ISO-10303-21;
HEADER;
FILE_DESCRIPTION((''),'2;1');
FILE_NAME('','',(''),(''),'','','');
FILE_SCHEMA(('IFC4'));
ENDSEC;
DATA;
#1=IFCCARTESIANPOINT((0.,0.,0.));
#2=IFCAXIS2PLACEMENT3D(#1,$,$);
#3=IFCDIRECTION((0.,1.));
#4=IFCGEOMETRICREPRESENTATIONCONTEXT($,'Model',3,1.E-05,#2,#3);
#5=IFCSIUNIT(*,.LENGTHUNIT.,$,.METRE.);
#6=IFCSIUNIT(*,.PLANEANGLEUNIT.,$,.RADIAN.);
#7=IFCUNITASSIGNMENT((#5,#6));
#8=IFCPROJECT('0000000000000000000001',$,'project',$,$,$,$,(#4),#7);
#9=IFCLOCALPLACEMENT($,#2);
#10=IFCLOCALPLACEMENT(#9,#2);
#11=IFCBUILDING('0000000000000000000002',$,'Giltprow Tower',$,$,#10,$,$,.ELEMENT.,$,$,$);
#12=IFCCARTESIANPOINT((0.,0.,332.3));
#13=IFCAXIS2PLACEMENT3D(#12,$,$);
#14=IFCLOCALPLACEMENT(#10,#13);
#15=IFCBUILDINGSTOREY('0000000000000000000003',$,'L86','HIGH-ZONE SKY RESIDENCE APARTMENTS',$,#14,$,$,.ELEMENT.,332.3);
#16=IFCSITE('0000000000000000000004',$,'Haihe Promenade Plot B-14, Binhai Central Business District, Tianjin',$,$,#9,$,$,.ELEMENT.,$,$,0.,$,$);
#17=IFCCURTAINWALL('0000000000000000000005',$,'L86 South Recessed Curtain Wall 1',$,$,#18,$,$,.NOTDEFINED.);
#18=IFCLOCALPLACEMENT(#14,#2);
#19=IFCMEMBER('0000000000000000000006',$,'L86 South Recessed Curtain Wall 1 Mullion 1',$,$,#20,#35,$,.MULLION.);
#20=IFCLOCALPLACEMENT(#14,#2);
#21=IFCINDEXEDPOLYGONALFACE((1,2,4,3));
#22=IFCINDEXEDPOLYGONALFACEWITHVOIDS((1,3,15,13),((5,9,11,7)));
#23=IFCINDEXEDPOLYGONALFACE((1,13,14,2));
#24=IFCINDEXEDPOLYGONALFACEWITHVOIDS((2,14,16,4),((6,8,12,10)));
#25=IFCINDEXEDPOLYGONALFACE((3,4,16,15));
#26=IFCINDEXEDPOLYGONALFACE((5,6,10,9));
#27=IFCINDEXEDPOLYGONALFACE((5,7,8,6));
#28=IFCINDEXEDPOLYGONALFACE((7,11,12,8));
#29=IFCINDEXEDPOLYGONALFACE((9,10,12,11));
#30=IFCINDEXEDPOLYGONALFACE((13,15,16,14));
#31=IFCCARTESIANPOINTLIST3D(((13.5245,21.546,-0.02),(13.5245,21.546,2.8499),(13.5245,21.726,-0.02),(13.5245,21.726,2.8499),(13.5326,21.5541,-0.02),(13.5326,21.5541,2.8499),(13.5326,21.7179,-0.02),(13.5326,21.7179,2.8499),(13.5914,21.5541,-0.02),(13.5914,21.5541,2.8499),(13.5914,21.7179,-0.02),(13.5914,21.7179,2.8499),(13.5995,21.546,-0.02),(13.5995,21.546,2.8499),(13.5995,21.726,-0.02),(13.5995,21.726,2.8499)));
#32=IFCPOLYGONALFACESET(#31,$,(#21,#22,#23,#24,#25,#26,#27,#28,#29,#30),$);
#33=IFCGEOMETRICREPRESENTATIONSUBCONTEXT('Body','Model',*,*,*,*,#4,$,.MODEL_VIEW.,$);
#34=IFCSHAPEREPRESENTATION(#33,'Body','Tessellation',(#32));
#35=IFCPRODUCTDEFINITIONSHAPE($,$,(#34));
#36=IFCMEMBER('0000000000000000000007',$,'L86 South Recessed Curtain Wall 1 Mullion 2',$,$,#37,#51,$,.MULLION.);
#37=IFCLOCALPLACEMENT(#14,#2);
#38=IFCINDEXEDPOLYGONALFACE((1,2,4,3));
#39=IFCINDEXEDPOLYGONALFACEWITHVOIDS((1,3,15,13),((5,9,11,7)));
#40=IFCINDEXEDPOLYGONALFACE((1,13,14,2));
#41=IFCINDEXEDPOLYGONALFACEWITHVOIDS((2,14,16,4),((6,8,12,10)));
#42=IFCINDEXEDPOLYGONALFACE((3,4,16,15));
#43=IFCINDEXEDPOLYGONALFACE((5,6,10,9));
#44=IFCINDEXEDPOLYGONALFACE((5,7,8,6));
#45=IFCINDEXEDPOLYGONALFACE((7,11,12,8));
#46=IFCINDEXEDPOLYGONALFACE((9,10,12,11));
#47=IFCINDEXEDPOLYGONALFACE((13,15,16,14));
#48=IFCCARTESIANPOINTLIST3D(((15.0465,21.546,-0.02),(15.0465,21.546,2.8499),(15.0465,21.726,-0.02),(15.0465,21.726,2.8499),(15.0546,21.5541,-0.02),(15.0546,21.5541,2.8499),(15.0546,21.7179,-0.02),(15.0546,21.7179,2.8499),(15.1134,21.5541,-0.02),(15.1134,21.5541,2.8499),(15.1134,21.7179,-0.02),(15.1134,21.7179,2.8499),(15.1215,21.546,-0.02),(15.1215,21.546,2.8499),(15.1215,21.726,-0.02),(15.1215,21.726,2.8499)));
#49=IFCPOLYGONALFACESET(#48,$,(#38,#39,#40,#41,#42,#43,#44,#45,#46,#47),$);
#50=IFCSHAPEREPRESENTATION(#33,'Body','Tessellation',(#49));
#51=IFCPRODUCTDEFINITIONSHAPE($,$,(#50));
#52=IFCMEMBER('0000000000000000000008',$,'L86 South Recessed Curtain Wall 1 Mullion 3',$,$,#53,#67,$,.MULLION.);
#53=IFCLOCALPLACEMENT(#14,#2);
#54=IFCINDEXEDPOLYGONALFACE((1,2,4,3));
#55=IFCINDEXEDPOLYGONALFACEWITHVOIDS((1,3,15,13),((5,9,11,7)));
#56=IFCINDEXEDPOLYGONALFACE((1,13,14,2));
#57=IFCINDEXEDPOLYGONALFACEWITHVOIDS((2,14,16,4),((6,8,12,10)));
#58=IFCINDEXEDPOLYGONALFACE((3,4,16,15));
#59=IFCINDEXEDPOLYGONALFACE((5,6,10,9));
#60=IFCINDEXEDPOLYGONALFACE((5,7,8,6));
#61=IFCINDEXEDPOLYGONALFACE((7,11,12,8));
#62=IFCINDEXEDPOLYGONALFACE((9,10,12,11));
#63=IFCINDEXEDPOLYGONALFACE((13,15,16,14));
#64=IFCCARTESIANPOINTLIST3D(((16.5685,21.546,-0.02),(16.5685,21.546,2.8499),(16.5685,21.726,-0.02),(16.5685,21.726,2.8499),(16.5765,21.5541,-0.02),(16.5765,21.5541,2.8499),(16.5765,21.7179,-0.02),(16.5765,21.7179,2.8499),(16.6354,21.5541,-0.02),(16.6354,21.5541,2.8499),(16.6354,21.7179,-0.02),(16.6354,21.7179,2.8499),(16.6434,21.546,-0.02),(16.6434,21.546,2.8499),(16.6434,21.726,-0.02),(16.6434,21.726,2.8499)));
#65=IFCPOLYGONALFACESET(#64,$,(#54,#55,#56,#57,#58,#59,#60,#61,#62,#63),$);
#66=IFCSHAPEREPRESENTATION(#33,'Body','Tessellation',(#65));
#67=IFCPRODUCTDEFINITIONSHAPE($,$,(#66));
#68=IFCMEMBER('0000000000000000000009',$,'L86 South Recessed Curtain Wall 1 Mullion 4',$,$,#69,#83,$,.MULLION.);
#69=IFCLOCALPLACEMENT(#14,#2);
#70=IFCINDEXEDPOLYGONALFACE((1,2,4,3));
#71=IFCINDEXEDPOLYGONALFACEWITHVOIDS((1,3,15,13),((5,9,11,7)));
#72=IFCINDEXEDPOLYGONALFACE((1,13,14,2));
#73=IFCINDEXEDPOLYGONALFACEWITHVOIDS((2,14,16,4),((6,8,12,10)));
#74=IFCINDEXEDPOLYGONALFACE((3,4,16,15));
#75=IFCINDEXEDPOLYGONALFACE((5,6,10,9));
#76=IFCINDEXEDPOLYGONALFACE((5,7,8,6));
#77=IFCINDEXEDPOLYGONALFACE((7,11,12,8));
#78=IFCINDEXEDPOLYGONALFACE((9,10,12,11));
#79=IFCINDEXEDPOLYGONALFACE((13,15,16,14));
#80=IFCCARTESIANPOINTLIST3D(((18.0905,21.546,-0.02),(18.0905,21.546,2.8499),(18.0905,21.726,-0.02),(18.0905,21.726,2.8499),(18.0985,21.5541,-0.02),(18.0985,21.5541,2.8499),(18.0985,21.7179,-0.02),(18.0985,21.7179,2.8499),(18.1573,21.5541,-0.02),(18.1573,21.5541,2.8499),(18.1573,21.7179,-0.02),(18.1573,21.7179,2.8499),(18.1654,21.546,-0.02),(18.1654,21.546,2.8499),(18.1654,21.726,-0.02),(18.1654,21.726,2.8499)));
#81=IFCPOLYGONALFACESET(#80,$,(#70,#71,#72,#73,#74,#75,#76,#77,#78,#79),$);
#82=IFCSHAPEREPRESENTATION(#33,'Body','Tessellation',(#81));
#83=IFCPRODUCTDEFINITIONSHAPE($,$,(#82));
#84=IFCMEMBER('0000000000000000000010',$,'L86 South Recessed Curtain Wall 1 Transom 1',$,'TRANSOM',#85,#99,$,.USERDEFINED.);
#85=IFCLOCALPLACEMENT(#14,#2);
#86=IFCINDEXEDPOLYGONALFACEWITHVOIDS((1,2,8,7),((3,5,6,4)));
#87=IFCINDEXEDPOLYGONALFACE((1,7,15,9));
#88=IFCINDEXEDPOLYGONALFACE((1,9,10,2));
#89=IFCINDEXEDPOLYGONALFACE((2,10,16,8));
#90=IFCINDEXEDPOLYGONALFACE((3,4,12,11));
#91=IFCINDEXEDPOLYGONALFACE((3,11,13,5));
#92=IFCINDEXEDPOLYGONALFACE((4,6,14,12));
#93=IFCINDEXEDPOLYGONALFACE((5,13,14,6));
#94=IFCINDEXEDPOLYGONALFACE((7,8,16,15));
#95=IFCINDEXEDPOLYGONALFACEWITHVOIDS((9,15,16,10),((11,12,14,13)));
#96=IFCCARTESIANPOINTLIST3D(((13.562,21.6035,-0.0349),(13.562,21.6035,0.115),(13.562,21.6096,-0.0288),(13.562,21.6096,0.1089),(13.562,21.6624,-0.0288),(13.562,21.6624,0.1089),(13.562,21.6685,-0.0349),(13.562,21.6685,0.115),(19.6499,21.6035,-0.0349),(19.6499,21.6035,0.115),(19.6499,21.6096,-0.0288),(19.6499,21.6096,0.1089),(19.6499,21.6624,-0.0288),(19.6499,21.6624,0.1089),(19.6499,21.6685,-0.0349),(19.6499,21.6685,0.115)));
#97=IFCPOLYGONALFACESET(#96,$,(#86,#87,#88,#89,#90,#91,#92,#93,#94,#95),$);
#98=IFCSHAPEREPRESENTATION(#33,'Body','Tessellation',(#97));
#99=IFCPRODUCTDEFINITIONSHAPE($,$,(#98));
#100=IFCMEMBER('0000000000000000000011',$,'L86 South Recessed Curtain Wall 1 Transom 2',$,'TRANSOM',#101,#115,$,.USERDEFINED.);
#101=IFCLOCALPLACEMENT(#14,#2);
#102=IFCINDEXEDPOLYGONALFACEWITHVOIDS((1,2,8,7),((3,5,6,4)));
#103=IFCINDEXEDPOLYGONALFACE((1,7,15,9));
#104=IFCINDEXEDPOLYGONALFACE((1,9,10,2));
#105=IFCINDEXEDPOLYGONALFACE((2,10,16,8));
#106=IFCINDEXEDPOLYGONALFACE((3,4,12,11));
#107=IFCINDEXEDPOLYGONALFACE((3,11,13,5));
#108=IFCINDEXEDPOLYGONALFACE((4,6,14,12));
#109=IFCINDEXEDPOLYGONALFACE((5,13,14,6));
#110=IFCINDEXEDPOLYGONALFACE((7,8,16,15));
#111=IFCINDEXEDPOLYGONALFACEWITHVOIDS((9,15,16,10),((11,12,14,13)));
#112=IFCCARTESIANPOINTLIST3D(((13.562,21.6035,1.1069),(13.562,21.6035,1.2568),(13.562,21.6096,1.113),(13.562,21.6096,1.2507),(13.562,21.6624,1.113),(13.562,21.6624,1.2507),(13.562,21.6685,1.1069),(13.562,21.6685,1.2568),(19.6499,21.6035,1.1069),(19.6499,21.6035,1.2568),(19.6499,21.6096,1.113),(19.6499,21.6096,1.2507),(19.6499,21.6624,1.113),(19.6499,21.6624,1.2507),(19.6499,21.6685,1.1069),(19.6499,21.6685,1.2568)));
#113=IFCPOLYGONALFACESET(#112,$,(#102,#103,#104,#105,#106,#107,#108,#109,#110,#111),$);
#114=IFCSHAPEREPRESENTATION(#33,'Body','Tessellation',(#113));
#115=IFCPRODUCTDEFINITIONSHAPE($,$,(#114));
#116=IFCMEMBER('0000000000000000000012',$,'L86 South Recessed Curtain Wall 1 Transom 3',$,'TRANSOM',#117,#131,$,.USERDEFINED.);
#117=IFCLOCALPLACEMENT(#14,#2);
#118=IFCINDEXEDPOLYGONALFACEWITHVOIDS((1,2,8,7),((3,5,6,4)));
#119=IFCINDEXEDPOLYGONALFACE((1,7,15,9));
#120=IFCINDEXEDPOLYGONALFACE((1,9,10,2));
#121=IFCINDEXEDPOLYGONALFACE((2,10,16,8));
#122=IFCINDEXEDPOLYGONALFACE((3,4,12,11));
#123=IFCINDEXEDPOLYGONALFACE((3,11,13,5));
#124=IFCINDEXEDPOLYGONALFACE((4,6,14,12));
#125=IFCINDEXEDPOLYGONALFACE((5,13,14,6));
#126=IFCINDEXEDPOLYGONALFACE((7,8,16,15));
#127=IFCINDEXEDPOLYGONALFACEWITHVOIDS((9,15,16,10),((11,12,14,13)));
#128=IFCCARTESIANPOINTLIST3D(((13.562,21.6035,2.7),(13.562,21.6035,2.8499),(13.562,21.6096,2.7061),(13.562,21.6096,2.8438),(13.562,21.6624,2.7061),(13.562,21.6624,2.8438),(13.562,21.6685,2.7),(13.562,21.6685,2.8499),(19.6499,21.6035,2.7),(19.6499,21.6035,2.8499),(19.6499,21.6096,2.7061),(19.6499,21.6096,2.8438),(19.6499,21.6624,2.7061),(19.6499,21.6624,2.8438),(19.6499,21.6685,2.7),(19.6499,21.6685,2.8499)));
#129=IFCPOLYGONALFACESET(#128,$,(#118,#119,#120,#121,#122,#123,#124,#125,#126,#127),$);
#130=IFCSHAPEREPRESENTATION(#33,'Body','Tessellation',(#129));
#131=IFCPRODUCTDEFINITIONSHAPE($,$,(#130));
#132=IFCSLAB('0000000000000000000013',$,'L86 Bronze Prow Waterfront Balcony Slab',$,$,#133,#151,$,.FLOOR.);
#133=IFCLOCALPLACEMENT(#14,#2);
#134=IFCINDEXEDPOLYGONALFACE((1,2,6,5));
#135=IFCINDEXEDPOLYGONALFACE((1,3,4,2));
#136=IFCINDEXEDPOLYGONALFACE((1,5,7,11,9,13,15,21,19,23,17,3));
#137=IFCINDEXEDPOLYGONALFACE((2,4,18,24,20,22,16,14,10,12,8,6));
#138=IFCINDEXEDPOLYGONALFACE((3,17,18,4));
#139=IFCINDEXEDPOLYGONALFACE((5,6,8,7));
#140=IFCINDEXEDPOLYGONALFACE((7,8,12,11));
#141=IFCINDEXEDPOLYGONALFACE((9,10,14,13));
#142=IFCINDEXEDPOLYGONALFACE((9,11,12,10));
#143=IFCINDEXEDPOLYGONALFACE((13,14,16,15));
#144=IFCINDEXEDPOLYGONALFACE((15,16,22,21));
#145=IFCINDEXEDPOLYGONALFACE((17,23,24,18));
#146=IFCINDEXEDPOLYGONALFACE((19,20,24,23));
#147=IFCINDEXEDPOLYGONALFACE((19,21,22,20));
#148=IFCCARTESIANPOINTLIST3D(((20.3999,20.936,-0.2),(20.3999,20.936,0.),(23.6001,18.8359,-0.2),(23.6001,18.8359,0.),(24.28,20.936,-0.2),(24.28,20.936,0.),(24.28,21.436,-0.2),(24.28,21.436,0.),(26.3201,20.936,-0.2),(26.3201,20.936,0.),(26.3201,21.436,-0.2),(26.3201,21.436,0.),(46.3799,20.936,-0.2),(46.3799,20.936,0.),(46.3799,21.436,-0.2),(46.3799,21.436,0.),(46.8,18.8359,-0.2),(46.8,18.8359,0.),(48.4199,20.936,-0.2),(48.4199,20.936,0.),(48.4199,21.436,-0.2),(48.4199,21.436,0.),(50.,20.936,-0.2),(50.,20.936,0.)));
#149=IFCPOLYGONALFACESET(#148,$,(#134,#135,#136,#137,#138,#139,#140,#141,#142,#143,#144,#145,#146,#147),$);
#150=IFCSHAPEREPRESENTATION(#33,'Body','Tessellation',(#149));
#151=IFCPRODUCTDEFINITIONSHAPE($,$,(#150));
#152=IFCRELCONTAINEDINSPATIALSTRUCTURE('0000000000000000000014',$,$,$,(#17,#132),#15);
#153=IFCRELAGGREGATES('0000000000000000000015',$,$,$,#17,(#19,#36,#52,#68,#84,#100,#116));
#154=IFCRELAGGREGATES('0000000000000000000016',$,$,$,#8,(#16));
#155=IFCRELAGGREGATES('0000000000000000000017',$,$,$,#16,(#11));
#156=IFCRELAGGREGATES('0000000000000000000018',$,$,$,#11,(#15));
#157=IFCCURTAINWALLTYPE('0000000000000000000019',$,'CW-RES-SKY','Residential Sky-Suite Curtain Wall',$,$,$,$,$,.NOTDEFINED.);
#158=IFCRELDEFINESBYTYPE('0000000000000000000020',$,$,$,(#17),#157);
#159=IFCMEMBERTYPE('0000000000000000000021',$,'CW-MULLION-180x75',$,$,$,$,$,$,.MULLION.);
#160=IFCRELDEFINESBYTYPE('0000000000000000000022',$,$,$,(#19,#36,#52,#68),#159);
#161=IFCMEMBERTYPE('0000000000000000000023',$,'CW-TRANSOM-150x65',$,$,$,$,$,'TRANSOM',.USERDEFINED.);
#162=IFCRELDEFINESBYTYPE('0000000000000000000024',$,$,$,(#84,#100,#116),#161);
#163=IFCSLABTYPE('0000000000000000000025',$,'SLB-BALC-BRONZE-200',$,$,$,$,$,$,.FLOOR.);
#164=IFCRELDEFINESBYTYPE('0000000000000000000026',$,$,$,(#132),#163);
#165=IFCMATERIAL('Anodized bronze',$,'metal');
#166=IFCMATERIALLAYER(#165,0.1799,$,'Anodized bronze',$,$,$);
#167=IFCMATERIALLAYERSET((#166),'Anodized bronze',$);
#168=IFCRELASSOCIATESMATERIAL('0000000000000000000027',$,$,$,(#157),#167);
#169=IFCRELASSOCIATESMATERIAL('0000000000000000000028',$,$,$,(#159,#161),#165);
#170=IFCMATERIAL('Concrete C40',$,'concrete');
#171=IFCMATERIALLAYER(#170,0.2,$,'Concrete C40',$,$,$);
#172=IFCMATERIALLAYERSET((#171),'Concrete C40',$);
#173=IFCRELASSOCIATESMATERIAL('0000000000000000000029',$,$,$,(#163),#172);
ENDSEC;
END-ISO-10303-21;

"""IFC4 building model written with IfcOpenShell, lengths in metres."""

from ifc_helpers import new_model, si_unit, direction, frame, origin, origin_2d, place, context, subcontext, project, spatial, polyline, hollow_rectangle, outline, extrude, source, transform, mapped, material, layer, layer_set, material_profile, profile_set, type_object, element, aggregate, save


model = new_model("IFC4")

# Units and contexts
model_context = context("Model", 3, precision=1e-05, world=origin(), true_north=direction((0.0, 1.0)))
body_context = subcontext(model_context, "Body", "Model", "MODEL_VIEW")
ifc_project = project(units=[si_unit("LENGTHUNIT", "METRE"), si_unit("PLANEANGLEUNIT", "RADIAN")], contexts=[model_context])

# Site, building, storey
site_placement = place(None, origin())
site = spatial("IfcSite", under=ifc_project, at=site_placement, Name="Haihe Promenade Plot B-14, Binhai Central Business District, Tianjin", CompositionType="ELEMENT", RefElevation=0.0)
building_placement = place(site_placement, origin())
building = spatial("IfcBuilding", under=site, at=building_placement, Name="Giltprow Tower", CompositionType="ELEMENT")
storey_placement = place(building_placement, frame((0.0, 0.0, 332.3)))
storey = spatial("IfcBuildingStorey", under=building, at=storey_placement, Name="L86", Description="HIGH-ZONE SKY RESIDENCE APARTMENTS", CompositionType="ELEMENT", Elevation=332.3)

# Curtain wall, members
ifc_material_1 = material(Name="Anodized bronze", Category="metal")
ifc_layer_1 = layer(ifc_material_1, 0.1799, Name="Anodized bronze")
ifc_layer_set_1 = layer_set([ifc_layer_1], Name="Anodized bronze")
curtain_wall_type = type_object("IfcCurtainWallType", Name="CW-RES-SKY", Description="Residential Sky-Suite Curtain Wall", PredefinedType="NOTDEFINED", material=ifc_layer_set_1)
curtain_wall_placement = place(storey_placement, origin())
curtain_wall = element("IfcCurtainWall", 1, at=curtain_wall_placement, inside=storey, type_object=curtain_wall_type, Name="L86 South Recessed Curtain Wall 1", PredefinedType="NOTDEFINED")
ifc_material_profile_1 = material_profile(ifc_material_1, hollow_rectangle(XDim=0.075, YDim=0.1799, WallThickness=0.0081, at=origin_2d()), Name="RHS 180x75x8")
ifc_profile_set_1 = profile_set([ifc_material_profile_1], Name="Anodized bronze")
member_type_1 = type_object("IfcMemberType", Name="CW-MULLION-180x75", PredefinedType="MULLION", material=ifc_profile_set_1)
shared_shape_1 = source(origin(), body_context, "Body", "SweptSolid", [
    extrude(hollow_rectangle(XDim=0.075, YDim=0.1799, WallThickness=0.0081, at=origin_2d()), origin(), (0.0, 0.0, 1.0), 2.8699),
])
member_1_placement = place(storey_placement, frame((13.562, 21.636, -0.02), z_axis=(0.0, 0.0, 1.0), x_axis=(1.0, 0.0, 0.0)))
member_1 = element("IfcMember", 2, at=member_1_placement, type_object=member_type_1, Name="L86 South Recessed Curtain Wall 1 Mullion 1", PredefinedType="MULLION", context=body_context, shape_type="MappedRepresentation", body=[
    mapped(shared_shape_1, transform((0.0, 0.0, 0.0), x_axis=(1.0, 0.0, 0.0), y_axis=(0.0, 1.0, 0.0), z_axis=(0.0, 0.0, 1.0), scale=1.0)),
])
member_2_placement = place(storey_placement, frame((15.084, 21.636, -0.02), z_axis=(0.0, 0.0, 1.0), x_axis=(1.0, 0.0, 0.0)))
member_2 = element("IfcMember", 3, at=member_2_placement, type_object=member_type_1, Name="L86 South Recessed Curtain Wall 1 Mullion 2", PredefinedType="MULLION", context=body_context, shape_type="MappedRepresentation", body=[
    mapped(shared_shape_1, transform((0.0, 0.0, 0.0), x_axis=(1.0, 0.0, 0.0), y_axis=(0.0, 1.0, 0.0), z_axis=(0.0, 0.0, 1.0), scale=1.0)),
])
member_3_placement = place(storey_placement, frame((16.606, 21.636, -0.02), z_axis=(0.0, 0.0, 1.0), x_axis=(1.0, 0.0, 0.0)))
member_3 = element("IfcMember", 4, at=member_3_placement, type_object=member_type_1, Name="L86 South Recessed Curtain Wall 1 Mullion 3", PredefinedType="MULLION", context=body_context, shape_type="MappedRepresentation", body=[
    mapped(shared_shape_1, transform((0.0, 0.0, 0.0), x_axis=(1.0, 0.0, 0.0), y_axis=(0.0, 1.0, 0.0), z_axis=(0.0, 0.0, 1.0), scale=1.0)),
])
member_4_placement = place(storey_placement, frame((18.1279, 21.636, -0.02), z_axis=(0.0, 0.0, 1.0), x_axis=(1.0, 0.0, 0.0)))
member_4 = element("IfcMember", 5, at=member_4_placement, type_object=member_type_1, Name="L86 South Recessed Curtain Wall 1 Mullion 4", PredefinedType="MULLION", context=body_context, shape_type="MappedRepresentation", body=[
    mapped(shared_shape_1, transform((0.0, 0.0, 0.0), x_axis=(1.0, 0.0, 0.0), y_axis=(0.0, 1.0, 0.0), z_axis=(0.0, 0.0, 1.0), scale=1.0)),
])
ifc_material_profile_2 = material_profile(ifc_material_1, hollow_rectangle(XDim=0.0649, YDim=0.1499, WallThickness=0.0061, at=origin_2d()), Name="RHS 150x65x6")
ifc_profile_set_2 = profile_set([ifc_material_profile_2], Name="Anodized bronze")
member_type_2 = type_object("IfcMemberType", Name="CW-TRANSOM-150x65", ElementType="TRANSOM", PredefinedType="USERDEFINED", material=ifc_profile_set_2)
shared_shape_2 = source(origin(), body_context, "Body", "SweptSolid", [
    extrude(hollow_rectangle(XDim=0.0649, YDim=0.1499, WallThickness=0.0061, at=origin_2d()), origin(), (0.0, 0.0, 1.0), 6.0879),
])
member_5_placement = place(storey_placement, frame((13.562, 21.636, 0.04), z_axis=(1.0, 0.0, 0.0), x_axis=(0.0, 1.0, 0.0)))
member_5 = element("IfcMember", 6, at=member_5_placement, type_object=member_type_2, Name="L86 South Recessed Curtain Wall 1 Transom 1", ObjectType="TRANSOM", PredefinedType="USERDEFINED", context=body_context, shape_type="MappedRepresentation", body=[
    mapped(shared_shape_2, transform((0.0, 0.0, 0.0), x_axis=(1.0, 0.0, 0.0), y_axis=(0.0, 1.0, 0.0), z_axis=(0.0, 0.0, 1.0), scale=1.0)),
])
member_6_placement = place(storey_placement, frame((13.562, 21.636, 1.1819), z_axis=(1.0, 0.0, 0.0), x_axis=(0.0, 1.0, 0.0)))
member_6 = element("IfcMember", 7, at=member_6_placement, type_object=member_type_2, Name="L86 South Recessed Curtain Wall 1 Transom 2", ObjectType="TRANSOM", PredefinedType="USERDEFINED", context=body_context, shape_type="MappedRepresentation", body=[
    mapped(shared_shape_2, transform((0.0, 0.0, 0.0), x_axis=(1.0, 0.0, 0.0), y_axis=(0.0, 1.0, 0.0), z_axis=(0.0, 0.0, 1.0), scale=1.0)),
])
member_7_placement = place(storey_placement, frame((13.562, 21.636, 2.7749), z_axis=(1.0, 0.0, 0.0), x_axis=(0.0, 1.0, 0.0)))
member_7 = element("IfcMember", 8, at=member_7_placement, type_object=member_type_2, Name="L86 South Recessed Curtain Wall 1 Transom 3", ObjectType="TRANSOM", PredefinedType="USERDEFINED", context=body_context, shape_type="MappedRepresentation", body=[
    mapped(shared_shape_2, transform((0.0, 0.0, 0.0), x_axis=(1.0, 0.0, 0.0), y_axis=(0.0, 1.0, 0.0), z_axis=(0.0, 0.0, 1.0), scale=1.0)),
])

# Slab
ifc_material_2 = material(Name="Concrete C40", Category="concrete")
ifc_layer_2 = layer(ifc_material_2, 0.2, Name="Concrete C40")
ifc_layer_set_2 = layer_set([ifc_layer_2], Name="Concrete C40")
slab_type_1 = type_object("IfcSlabType", Name="SLB-BALC-BRONZE-200", PredefinedType="FLOOR", material=ifc_layer_set_2)
slab_1_placement = place(storey_placement, frame((0.0, 0.0, -0.2)))
element("IfcSlab", 9, at=slab_1_placement, inside=storey, type_object=slab_type_1, Name="L86 Bronze Prow Waterfront Balcony Slab", PredefinedType="FLOOR", context=body_context, shape_type="SweptSolid", body=[
    extrude(outline(polyline([(50.0, 20.936), (46.8, 18.8359), (23.6001, 18.8359), (20.3999, 20.936), (24.28, 20.936), (24.28, 21.436), (26.3201, 21.436), (26.3201, 20.936), (46.3799, 20.936), (46.3799, 21.436), (48.4199, 21.436), (48.4199, 20.936), (50.0, 20.936)])), origin(), (0.0, 0.0, 1.0), 0.2),
])

aggregate(curtain_wall, [member_1, member_2, member_3, member_4, member_5, member_6, member_7])

save(model, "model.ifc")
